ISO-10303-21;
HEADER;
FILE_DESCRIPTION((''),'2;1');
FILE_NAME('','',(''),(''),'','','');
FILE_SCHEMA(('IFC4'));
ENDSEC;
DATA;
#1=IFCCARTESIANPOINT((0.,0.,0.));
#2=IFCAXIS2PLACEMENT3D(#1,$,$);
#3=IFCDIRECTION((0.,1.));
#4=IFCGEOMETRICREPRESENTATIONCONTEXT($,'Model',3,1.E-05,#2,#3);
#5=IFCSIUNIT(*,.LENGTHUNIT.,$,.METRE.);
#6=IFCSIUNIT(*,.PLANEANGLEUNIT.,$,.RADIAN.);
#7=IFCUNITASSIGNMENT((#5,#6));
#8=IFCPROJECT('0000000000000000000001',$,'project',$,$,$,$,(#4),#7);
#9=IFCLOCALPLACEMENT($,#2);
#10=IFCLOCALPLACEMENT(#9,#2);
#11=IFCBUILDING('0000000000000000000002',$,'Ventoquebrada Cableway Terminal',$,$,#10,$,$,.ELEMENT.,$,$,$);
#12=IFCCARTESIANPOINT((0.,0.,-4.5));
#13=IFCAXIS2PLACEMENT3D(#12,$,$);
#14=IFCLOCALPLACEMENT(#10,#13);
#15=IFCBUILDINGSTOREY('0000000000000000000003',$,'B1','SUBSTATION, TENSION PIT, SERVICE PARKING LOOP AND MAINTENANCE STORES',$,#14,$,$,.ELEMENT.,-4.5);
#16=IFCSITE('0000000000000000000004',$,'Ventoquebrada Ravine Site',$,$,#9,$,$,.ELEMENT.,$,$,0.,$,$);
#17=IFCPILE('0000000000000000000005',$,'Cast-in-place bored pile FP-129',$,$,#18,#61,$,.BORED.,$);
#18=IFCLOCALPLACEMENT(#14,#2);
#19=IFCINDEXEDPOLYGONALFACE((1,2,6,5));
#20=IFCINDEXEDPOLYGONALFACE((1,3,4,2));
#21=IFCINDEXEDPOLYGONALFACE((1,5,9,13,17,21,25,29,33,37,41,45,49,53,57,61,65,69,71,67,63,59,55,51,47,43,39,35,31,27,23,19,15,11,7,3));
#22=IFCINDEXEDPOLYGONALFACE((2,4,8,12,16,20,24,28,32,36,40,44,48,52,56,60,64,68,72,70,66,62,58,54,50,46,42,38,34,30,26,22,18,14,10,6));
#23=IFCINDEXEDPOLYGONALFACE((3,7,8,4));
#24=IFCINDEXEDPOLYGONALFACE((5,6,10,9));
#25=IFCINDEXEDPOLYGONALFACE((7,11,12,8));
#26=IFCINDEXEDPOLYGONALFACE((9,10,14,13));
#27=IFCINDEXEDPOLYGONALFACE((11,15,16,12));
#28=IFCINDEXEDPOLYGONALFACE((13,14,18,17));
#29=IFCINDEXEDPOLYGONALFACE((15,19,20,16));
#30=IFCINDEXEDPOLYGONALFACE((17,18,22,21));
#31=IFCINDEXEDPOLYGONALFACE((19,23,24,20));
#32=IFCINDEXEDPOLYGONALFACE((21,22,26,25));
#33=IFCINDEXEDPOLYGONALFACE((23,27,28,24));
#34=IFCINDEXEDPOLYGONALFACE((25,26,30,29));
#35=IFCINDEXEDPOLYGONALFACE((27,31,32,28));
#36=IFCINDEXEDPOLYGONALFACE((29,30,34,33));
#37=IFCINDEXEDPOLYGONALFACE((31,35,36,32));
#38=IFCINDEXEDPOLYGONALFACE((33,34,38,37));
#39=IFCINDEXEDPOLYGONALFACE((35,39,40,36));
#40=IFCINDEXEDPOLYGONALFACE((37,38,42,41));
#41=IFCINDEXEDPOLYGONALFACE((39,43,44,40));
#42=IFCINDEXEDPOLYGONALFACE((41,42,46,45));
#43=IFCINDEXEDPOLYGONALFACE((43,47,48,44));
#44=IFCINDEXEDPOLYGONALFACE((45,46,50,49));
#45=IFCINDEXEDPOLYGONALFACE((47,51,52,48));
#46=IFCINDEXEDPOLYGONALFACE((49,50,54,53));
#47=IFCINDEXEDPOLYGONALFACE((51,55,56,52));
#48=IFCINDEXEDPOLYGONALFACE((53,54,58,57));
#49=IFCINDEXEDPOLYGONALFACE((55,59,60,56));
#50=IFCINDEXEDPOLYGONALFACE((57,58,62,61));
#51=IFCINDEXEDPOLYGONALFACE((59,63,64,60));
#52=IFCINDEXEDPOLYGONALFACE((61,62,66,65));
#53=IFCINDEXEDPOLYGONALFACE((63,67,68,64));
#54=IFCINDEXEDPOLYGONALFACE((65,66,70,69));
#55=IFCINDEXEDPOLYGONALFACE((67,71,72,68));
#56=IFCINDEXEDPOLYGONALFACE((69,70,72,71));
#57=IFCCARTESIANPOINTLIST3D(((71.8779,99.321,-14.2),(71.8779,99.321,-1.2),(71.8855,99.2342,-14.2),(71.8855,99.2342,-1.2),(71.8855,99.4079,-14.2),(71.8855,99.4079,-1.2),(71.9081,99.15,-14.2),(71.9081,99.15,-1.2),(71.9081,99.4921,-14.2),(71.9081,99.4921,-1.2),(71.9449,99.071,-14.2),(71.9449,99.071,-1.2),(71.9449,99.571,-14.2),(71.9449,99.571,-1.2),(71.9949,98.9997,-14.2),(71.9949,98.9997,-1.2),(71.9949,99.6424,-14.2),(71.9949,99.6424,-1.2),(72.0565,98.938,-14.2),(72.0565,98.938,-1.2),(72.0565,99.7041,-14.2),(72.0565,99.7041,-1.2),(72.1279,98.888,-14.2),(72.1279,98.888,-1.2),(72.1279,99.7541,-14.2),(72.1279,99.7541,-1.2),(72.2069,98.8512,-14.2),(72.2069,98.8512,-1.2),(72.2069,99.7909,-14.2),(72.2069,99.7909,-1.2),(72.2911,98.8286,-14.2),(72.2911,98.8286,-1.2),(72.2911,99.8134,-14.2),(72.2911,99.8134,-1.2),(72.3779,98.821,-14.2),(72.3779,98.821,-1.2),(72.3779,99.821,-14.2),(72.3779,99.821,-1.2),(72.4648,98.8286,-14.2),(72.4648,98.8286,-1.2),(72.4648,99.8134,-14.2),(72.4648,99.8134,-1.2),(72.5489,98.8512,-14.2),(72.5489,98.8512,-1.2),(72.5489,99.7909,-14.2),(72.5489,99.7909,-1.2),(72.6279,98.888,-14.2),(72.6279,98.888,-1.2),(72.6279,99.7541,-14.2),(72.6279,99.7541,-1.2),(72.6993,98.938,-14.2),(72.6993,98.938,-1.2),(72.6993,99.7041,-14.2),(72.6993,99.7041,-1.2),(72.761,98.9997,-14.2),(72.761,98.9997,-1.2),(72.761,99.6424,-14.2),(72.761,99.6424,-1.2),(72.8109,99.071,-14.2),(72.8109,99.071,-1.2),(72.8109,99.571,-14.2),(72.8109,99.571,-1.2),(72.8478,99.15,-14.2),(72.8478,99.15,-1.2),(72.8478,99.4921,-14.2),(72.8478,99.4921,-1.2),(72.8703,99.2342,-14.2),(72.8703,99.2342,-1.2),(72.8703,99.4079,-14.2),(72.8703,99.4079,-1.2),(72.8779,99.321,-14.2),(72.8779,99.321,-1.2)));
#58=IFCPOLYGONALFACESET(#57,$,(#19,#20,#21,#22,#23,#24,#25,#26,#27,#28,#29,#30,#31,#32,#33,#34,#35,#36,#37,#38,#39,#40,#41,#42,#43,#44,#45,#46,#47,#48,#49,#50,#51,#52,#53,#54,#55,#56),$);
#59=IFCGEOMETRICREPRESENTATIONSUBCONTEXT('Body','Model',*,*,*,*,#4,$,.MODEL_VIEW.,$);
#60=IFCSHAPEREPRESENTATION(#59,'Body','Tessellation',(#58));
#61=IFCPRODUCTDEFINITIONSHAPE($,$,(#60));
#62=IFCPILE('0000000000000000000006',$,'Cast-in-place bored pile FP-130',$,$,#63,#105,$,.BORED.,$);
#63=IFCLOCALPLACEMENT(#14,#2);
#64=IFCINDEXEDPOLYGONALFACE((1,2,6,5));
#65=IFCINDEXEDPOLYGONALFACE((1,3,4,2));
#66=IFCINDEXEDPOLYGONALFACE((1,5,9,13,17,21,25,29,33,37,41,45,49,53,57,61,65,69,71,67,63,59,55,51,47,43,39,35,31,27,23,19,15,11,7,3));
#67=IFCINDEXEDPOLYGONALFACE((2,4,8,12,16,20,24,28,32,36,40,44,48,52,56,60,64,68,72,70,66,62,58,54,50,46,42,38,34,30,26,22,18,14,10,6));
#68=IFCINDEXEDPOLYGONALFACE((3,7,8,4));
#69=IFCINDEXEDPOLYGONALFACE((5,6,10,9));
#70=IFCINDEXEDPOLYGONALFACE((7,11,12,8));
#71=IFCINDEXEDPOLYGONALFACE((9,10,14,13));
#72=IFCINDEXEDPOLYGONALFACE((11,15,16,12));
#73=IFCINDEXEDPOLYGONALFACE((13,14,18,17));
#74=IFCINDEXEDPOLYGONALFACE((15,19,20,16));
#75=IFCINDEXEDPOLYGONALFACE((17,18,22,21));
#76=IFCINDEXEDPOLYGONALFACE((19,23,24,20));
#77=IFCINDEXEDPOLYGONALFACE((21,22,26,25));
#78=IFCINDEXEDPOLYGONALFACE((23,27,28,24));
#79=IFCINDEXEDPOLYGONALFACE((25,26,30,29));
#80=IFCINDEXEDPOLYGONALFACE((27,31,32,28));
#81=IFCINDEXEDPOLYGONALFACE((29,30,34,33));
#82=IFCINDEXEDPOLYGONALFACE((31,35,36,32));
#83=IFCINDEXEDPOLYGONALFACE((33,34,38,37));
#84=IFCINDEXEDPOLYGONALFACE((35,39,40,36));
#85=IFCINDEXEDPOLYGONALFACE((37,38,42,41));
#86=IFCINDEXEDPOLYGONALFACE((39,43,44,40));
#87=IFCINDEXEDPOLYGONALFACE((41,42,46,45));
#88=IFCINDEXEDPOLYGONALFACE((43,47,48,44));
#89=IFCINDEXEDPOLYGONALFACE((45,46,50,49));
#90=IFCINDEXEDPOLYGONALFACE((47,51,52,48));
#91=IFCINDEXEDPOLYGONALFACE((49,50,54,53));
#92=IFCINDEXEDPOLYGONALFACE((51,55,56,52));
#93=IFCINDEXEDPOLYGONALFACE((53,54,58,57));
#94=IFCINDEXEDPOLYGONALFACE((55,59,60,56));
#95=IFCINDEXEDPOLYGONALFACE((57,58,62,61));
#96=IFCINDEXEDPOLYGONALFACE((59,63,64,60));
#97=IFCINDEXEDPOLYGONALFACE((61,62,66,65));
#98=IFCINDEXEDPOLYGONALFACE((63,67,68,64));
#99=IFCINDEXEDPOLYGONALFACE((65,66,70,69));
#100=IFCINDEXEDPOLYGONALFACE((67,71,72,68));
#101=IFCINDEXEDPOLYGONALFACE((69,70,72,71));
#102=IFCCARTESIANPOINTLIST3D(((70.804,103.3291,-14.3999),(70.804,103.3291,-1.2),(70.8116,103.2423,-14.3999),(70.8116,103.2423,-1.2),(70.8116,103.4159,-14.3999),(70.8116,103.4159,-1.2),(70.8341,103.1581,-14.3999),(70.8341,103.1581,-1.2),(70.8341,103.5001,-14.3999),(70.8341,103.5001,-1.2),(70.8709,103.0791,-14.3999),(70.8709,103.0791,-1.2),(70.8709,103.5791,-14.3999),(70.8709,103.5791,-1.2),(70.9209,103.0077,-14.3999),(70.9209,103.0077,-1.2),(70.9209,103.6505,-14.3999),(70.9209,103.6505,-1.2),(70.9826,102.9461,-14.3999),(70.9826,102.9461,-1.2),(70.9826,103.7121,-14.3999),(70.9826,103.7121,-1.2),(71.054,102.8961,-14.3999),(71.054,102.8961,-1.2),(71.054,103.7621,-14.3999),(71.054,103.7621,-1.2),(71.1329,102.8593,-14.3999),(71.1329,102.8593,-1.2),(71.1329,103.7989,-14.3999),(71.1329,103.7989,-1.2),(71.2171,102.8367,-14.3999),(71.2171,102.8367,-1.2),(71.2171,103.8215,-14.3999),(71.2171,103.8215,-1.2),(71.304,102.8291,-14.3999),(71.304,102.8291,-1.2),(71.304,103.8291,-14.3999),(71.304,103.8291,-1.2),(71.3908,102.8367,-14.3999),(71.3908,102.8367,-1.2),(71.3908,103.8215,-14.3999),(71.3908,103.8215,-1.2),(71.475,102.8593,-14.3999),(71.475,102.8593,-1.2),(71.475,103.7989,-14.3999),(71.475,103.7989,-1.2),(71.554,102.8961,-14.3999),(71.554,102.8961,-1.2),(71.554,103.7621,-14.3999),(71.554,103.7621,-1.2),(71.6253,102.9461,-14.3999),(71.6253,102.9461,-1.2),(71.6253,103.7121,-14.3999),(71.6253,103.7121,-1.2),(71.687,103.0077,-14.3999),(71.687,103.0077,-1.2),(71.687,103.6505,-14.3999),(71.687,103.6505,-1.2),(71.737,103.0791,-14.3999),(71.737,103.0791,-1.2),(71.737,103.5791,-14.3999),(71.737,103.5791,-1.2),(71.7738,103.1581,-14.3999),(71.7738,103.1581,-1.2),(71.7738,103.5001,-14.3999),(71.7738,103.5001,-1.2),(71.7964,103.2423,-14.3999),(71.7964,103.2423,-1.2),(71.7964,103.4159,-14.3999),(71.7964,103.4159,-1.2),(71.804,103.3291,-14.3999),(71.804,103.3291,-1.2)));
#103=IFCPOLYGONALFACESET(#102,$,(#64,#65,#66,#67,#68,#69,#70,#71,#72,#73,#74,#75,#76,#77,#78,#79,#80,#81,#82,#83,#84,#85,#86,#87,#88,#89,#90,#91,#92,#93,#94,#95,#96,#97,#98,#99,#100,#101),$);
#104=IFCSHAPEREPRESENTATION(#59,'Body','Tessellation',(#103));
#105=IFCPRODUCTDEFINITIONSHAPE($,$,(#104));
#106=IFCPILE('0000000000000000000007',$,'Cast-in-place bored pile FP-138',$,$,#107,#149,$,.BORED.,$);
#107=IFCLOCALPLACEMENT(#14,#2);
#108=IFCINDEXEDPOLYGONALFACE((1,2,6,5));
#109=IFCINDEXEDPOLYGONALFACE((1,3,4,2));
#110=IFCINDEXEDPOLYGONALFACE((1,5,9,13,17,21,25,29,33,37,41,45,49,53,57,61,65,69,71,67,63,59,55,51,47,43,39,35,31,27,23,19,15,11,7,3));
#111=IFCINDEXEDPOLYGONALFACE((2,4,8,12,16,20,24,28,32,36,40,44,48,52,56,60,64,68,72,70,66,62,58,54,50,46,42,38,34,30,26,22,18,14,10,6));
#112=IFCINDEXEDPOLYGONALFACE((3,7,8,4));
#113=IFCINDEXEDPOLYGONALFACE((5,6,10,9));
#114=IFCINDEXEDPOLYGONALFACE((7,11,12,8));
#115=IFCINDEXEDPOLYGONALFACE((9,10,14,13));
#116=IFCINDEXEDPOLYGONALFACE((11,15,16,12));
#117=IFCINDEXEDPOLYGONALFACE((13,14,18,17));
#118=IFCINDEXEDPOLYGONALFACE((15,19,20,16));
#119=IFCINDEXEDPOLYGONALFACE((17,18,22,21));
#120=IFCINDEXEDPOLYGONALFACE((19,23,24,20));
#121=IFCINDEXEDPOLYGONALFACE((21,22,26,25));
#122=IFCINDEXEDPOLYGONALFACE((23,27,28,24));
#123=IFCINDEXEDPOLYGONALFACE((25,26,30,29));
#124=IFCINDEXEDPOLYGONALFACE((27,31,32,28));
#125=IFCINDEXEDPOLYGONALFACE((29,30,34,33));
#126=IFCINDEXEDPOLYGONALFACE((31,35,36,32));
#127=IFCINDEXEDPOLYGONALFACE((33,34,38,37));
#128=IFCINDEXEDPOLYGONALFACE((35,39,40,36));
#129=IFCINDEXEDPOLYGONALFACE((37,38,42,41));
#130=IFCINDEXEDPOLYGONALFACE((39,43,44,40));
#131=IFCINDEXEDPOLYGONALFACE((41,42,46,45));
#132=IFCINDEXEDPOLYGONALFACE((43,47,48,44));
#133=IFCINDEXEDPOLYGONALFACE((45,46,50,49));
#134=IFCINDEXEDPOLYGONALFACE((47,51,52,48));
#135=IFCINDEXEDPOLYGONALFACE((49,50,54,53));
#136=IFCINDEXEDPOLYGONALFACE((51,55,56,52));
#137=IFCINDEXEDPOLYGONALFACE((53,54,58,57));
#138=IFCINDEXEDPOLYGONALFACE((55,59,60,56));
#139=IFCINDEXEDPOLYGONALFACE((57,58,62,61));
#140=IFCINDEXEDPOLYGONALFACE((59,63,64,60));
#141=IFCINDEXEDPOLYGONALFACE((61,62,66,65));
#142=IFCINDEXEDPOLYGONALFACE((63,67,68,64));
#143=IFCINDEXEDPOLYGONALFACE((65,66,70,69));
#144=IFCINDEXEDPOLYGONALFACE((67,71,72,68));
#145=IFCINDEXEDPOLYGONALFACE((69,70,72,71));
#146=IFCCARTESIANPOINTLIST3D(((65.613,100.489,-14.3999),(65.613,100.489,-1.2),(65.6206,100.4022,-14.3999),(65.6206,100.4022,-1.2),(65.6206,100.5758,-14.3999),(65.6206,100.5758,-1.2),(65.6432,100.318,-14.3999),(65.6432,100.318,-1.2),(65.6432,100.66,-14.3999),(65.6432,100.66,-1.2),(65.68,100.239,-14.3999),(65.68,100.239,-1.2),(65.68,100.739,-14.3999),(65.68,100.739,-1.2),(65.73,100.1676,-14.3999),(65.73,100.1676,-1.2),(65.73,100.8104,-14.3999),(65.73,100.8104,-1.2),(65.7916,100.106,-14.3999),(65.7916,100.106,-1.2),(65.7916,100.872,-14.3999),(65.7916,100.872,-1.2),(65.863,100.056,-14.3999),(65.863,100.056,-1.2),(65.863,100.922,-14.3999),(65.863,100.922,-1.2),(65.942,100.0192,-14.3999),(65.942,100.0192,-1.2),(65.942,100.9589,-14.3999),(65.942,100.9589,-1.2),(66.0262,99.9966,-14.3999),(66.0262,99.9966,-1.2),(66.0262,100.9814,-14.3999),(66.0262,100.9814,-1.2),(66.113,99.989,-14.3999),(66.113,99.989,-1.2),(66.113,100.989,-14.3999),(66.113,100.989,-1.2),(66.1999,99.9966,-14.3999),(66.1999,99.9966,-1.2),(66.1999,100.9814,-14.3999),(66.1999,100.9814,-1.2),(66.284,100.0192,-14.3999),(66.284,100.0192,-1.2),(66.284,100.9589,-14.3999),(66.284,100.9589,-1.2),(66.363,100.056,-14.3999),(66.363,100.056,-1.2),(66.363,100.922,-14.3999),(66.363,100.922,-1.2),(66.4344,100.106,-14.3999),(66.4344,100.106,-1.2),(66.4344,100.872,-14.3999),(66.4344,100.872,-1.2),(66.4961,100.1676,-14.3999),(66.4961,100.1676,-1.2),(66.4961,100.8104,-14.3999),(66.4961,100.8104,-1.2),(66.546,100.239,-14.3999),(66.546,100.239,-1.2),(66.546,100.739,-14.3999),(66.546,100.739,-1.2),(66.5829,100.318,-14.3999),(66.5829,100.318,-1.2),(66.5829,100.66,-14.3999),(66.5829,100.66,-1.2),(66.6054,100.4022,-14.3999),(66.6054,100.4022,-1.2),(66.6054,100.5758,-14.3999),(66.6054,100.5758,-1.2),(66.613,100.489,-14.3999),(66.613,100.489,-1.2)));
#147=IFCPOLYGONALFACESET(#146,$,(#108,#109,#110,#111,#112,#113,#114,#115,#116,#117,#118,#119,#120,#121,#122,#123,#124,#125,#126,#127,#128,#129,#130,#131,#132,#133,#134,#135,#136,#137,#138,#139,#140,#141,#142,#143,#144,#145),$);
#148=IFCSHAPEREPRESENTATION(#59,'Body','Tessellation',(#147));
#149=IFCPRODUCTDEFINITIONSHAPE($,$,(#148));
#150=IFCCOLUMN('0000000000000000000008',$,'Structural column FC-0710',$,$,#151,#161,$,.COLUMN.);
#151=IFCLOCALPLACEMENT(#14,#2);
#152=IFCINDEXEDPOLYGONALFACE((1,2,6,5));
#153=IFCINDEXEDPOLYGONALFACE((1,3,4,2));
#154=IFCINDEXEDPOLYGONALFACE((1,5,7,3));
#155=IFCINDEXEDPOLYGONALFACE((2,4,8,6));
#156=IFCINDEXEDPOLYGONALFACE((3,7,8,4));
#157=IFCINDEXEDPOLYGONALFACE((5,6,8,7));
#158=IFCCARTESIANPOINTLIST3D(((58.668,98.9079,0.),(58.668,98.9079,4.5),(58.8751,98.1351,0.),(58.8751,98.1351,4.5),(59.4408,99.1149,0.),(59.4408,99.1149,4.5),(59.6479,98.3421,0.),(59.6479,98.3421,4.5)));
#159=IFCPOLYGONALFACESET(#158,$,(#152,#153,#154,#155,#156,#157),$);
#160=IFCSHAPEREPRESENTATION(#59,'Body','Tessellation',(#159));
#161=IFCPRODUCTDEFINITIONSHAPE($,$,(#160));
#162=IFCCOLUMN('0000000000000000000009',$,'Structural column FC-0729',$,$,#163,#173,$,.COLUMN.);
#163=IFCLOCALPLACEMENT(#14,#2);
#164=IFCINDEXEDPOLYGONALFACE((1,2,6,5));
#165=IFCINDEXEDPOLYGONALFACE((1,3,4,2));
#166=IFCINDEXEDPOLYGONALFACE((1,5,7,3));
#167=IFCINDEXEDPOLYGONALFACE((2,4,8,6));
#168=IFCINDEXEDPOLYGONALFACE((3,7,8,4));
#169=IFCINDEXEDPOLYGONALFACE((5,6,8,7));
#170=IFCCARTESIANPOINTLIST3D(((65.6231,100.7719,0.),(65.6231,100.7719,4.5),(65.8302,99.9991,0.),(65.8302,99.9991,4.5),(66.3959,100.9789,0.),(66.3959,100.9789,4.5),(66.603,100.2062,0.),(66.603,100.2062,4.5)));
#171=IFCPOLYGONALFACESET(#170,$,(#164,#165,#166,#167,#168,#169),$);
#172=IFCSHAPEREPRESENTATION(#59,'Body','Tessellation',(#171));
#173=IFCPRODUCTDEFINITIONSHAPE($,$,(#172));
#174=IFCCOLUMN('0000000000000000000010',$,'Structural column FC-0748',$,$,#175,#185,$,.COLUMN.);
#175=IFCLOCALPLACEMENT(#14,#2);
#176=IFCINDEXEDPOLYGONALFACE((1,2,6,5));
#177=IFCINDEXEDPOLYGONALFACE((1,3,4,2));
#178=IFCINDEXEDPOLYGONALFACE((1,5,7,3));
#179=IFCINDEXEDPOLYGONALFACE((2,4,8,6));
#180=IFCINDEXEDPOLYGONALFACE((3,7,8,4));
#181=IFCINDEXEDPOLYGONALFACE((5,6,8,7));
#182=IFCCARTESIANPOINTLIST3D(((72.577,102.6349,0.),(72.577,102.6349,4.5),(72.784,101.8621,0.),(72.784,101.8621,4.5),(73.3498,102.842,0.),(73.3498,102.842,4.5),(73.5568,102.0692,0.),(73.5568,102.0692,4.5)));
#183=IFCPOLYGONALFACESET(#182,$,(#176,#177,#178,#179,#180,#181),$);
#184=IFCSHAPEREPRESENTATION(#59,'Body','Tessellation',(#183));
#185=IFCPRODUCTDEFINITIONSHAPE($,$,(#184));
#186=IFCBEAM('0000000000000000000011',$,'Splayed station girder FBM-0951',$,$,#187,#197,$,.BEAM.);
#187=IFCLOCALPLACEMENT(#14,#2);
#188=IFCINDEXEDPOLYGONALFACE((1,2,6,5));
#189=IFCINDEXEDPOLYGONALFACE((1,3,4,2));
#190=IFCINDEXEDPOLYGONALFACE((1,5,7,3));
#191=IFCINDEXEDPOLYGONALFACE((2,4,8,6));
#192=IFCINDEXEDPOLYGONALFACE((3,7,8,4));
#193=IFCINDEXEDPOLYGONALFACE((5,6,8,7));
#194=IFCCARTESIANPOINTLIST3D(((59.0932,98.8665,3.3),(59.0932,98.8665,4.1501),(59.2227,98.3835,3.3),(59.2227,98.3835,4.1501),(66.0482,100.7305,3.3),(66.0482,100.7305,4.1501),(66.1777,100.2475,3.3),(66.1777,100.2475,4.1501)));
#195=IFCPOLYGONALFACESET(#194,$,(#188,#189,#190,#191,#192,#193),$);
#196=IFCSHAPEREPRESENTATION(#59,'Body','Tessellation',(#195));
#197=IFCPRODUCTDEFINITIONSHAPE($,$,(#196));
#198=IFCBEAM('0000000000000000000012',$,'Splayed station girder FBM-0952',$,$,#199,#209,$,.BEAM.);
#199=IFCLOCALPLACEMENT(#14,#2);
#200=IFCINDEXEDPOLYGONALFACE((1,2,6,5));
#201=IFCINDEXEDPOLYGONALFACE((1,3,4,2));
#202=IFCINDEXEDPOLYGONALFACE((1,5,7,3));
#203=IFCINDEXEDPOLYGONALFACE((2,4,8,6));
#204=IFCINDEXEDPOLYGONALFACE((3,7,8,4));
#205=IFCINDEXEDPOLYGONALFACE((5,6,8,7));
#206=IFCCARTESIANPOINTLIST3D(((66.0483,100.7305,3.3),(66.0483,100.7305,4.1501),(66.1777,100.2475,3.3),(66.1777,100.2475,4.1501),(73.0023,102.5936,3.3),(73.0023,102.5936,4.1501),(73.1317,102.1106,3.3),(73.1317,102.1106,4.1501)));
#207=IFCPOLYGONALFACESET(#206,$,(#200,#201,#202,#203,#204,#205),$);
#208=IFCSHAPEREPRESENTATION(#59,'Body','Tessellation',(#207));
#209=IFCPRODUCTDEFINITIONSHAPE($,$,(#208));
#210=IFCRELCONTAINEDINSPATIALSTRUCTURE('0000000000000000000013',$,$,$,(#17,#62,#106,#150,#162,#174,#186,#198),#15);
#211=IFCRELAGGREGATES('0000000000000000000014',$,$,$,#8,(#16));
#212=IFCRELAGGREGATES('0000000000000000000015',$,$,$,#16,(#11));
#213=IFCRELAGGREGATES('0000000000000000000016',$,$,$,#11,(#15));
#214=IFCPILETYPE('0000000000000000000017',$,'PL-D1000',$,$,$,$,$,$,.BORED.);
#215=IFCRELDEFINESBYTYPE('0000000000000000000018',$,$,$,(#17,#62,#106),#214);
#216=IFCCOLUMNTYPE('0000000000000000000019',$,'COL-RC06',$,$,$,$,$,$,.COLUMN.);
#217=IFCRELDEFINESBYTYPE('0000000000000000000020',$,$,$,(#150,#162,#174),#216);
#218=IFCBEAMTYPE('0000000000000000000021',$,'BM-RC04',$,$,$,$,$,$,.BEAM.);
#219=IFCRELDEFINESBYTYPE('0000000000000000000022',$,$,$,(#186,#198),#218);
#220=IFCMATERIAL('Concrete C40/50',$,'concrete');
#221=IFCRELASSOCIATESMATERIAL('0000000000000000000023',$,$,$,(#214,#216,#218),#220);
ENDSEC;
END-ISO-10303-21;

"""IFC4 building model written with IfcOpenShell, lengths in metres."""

from ifc_helpers import new_model, si_unit, direction, frame, origin, origin_2d, place, context, subcontext, project, spatial, rectangle, circle, extrude, material, material_profile, profile_set, type_object, element, save


model = new_model("IFC4")

# Units and contexts
model_context = context("Model", 3, precision=1e-05, world=origin(), true_north=direction((0.0, 1.0)))
body_context = subcontext(model_context, "Body", "Model", "MODEL_VIEW")
ifc_project = project(units=[si_unit("LENGTHUNIT", "METRE"), si_unit("PLANEANGLEUNIT", "RADIAN")], contexts=[model_context])

# Site, building, storey
site_placement = place(None, origin())
site = spatial("IfcSite", under=ifc_project, at=site_placement, Name="Ventoquebrada Ravine Site", CompositionType="ELEMENT", RefElevation=0.0)
building_placement = place(site_placement, origin())
building = spatial("IfcBuilding", under=site, at=building_placement, Name="Ventoquebrada Cableway Terminal", CompositionType="ELEMENT")
storey_placement = place(building_placement, frame((0.0, 0.0, -4.5)))
storey = spatial("IfcBuildingStorey", under=building, at=storey_placement, Name="B1", Description="SUBSTATION, TENSION PIT, SERVICE PARKING LOOP AND MAINTENANCE STORES", CompositionType="ELEMENT", Elevation=-4.5)

# Shared definitions
ifc_material_1 = material(Name="Concrete C40/50", Category="concrete")

# Piles
ifc_material_profile_1 = material_profile(ifc_material_1, circle(Radius=0.5, at=origin_2d()), Name="PILE-D1000")
ifc_profile_set_1 = profile_set([ifc_material_profile_1], Name="Concrete C40/50")
pile_type = type_object("IfcPileType", Name="PL-D1000", PredefinedType="BORED", material=ifc_profile_set_1)
pile_1_placement = place(storey_placement, frame((72.3779, 99.321, -1.2), z_axis=(0.0, 0.0, -1.0), x_axis=(1.0, 0.0, 0.0)))
element("IfcPile", 1, at=pile_1_placement, inside=storey, type_object=pile_type, Name="Cast-in-place bored pile FP-129", PredefinedType="BORED", context=body_context, shape_type="SweptSolid", body=[
    extrude(circle(Radius=0.5, at=origin_2d()), origin(), (0.0, 0.0, 1.0), 13.0),
])
for number, where, z_axis, x_axis, name in (
    (2, (71.304, 103.3291, -1.2), (0.0, 0.0, -1.0), (1.0, 0.0, 0.0), "Cast-in-place bored pile FP-130"),
    (3, (66.113, 100.489, -1.2), (0.0, 0.0, -1.0), (1.0, 0.0, 0.0), "Cast-in-place bored pile FP-138"),
):
    element("IfcPile", number, at=place(storey_placement, frame(where, z_axis=z_axis, x_axis=x_axis)), inside=storey, type_object=pile_type, Name=name, PredefinedType="BORED", context=body_context, shape_type="SweptSolid", body=[
        extrude(circle(Radius=0.5, at=origin_2d()), origin(), (0.0, 0.0, 1.0), 13.2),
    ])

# Columns
ifc_material_profile_2 = material_profile(ifc_material_1, rectangle(XDim=0.8, YDim=0.8, at=origin_2d()), Name="RC-COL-800X800")
ifc_profile_set_2 = profile_set([ifc_material_profile_2], Name="Concrete C40/50")
column_type = type_object("IfcColumnType", Name="COL-RC06", PredefinedType="COLUMN", material=ifc_profile_set_2)
for number, where, z_axis, x_axis, name in (
    (4, (59.158, 98.625, 0.0), (0.0, 0.0, 1.0), (0.965926, 0.258819, 0.0), "Structural column FC-0710"),
    (5, (66.113, 100.489, 0.0), (0.0, 0.0, 1.0), (0.965926, 0.258819, 0.0), "Structural column FC-0729"),
    (6, (73.0669, 102.3521, 0.0), (0.0, 0.0, 1.0), (0.965926, 0.258819, 0.0), "Structural column FC-0748"),
):
    element("IfcColumn", number, at=place(storey_placement, frame(where, z_axis=z_axis, x_axis=x_axis)), inside=storey, type_object=column_type, Name=name, PredefinedType="COLUMN", context=body_context, shape_type="SweptSolid", body=[
        extrude(rectangle(XDim=0.8, YDim=0.8, at=origin_2d()), origin(), (0.0, 0.0, 1.0), 4.5),
    ])

# Beams
ifc_material_profile_3 = material_profile(ifc_material_1, rectangle(XDim=0.5, YDim=0.8501, at=origin_2d()), Name="RC-BM-500X850")
ifc_profile_set_3 = profile_set([ifc_material_profile_3], Name="Concrete C40/50")
beam_type = type_object("IfcBeamType", Name="BM-RC04", PredefinedType="BEAM", material=ifc_profile_set_3)
beam_1_placement = place(storey_placement, frame((59.158, 98.625, 3.7251), z_axis=(0.965912, 0.258872, 0.0), x_axis=(-0.258872, 0.965912, 0.0)))
element("IfcBeam", 7, at=beam_1_placement, inside=storey, type_object=beam_type, Name="Splayed station girder FBM-0951", PredefinedType="BEAM", context=body_context, shape_type="SweptSolid", body=[
    extrude(rectangle(XDim=0.5, YDim=0.8501, at=origin_2d()), origin(), (0.0, 0.0, 1.0), 7.2004),
])
beam_2_placement = place(storey_placement, frame((66.113, 100.489, 3.7251), z_axis=(0.965934, 0.258788, 0.0), x_axis=(-0.258788, 0.965934, 0.0)))
element("IfcBeam", 8, at=beam_2_placement, inside=storey, type_object=beam_type, Name="Splayed station girder FBM-0952", PredefinedType="BEAM", context=body_context, shape_type="SweptSolid", body=[
    extrude(rectangle(XDim=0.5, YDim=0.8501, at=origin_2d()), origin(), (0.0, 0.0, 1.0), 7.1992),
])

save(model, "model.ifc")
